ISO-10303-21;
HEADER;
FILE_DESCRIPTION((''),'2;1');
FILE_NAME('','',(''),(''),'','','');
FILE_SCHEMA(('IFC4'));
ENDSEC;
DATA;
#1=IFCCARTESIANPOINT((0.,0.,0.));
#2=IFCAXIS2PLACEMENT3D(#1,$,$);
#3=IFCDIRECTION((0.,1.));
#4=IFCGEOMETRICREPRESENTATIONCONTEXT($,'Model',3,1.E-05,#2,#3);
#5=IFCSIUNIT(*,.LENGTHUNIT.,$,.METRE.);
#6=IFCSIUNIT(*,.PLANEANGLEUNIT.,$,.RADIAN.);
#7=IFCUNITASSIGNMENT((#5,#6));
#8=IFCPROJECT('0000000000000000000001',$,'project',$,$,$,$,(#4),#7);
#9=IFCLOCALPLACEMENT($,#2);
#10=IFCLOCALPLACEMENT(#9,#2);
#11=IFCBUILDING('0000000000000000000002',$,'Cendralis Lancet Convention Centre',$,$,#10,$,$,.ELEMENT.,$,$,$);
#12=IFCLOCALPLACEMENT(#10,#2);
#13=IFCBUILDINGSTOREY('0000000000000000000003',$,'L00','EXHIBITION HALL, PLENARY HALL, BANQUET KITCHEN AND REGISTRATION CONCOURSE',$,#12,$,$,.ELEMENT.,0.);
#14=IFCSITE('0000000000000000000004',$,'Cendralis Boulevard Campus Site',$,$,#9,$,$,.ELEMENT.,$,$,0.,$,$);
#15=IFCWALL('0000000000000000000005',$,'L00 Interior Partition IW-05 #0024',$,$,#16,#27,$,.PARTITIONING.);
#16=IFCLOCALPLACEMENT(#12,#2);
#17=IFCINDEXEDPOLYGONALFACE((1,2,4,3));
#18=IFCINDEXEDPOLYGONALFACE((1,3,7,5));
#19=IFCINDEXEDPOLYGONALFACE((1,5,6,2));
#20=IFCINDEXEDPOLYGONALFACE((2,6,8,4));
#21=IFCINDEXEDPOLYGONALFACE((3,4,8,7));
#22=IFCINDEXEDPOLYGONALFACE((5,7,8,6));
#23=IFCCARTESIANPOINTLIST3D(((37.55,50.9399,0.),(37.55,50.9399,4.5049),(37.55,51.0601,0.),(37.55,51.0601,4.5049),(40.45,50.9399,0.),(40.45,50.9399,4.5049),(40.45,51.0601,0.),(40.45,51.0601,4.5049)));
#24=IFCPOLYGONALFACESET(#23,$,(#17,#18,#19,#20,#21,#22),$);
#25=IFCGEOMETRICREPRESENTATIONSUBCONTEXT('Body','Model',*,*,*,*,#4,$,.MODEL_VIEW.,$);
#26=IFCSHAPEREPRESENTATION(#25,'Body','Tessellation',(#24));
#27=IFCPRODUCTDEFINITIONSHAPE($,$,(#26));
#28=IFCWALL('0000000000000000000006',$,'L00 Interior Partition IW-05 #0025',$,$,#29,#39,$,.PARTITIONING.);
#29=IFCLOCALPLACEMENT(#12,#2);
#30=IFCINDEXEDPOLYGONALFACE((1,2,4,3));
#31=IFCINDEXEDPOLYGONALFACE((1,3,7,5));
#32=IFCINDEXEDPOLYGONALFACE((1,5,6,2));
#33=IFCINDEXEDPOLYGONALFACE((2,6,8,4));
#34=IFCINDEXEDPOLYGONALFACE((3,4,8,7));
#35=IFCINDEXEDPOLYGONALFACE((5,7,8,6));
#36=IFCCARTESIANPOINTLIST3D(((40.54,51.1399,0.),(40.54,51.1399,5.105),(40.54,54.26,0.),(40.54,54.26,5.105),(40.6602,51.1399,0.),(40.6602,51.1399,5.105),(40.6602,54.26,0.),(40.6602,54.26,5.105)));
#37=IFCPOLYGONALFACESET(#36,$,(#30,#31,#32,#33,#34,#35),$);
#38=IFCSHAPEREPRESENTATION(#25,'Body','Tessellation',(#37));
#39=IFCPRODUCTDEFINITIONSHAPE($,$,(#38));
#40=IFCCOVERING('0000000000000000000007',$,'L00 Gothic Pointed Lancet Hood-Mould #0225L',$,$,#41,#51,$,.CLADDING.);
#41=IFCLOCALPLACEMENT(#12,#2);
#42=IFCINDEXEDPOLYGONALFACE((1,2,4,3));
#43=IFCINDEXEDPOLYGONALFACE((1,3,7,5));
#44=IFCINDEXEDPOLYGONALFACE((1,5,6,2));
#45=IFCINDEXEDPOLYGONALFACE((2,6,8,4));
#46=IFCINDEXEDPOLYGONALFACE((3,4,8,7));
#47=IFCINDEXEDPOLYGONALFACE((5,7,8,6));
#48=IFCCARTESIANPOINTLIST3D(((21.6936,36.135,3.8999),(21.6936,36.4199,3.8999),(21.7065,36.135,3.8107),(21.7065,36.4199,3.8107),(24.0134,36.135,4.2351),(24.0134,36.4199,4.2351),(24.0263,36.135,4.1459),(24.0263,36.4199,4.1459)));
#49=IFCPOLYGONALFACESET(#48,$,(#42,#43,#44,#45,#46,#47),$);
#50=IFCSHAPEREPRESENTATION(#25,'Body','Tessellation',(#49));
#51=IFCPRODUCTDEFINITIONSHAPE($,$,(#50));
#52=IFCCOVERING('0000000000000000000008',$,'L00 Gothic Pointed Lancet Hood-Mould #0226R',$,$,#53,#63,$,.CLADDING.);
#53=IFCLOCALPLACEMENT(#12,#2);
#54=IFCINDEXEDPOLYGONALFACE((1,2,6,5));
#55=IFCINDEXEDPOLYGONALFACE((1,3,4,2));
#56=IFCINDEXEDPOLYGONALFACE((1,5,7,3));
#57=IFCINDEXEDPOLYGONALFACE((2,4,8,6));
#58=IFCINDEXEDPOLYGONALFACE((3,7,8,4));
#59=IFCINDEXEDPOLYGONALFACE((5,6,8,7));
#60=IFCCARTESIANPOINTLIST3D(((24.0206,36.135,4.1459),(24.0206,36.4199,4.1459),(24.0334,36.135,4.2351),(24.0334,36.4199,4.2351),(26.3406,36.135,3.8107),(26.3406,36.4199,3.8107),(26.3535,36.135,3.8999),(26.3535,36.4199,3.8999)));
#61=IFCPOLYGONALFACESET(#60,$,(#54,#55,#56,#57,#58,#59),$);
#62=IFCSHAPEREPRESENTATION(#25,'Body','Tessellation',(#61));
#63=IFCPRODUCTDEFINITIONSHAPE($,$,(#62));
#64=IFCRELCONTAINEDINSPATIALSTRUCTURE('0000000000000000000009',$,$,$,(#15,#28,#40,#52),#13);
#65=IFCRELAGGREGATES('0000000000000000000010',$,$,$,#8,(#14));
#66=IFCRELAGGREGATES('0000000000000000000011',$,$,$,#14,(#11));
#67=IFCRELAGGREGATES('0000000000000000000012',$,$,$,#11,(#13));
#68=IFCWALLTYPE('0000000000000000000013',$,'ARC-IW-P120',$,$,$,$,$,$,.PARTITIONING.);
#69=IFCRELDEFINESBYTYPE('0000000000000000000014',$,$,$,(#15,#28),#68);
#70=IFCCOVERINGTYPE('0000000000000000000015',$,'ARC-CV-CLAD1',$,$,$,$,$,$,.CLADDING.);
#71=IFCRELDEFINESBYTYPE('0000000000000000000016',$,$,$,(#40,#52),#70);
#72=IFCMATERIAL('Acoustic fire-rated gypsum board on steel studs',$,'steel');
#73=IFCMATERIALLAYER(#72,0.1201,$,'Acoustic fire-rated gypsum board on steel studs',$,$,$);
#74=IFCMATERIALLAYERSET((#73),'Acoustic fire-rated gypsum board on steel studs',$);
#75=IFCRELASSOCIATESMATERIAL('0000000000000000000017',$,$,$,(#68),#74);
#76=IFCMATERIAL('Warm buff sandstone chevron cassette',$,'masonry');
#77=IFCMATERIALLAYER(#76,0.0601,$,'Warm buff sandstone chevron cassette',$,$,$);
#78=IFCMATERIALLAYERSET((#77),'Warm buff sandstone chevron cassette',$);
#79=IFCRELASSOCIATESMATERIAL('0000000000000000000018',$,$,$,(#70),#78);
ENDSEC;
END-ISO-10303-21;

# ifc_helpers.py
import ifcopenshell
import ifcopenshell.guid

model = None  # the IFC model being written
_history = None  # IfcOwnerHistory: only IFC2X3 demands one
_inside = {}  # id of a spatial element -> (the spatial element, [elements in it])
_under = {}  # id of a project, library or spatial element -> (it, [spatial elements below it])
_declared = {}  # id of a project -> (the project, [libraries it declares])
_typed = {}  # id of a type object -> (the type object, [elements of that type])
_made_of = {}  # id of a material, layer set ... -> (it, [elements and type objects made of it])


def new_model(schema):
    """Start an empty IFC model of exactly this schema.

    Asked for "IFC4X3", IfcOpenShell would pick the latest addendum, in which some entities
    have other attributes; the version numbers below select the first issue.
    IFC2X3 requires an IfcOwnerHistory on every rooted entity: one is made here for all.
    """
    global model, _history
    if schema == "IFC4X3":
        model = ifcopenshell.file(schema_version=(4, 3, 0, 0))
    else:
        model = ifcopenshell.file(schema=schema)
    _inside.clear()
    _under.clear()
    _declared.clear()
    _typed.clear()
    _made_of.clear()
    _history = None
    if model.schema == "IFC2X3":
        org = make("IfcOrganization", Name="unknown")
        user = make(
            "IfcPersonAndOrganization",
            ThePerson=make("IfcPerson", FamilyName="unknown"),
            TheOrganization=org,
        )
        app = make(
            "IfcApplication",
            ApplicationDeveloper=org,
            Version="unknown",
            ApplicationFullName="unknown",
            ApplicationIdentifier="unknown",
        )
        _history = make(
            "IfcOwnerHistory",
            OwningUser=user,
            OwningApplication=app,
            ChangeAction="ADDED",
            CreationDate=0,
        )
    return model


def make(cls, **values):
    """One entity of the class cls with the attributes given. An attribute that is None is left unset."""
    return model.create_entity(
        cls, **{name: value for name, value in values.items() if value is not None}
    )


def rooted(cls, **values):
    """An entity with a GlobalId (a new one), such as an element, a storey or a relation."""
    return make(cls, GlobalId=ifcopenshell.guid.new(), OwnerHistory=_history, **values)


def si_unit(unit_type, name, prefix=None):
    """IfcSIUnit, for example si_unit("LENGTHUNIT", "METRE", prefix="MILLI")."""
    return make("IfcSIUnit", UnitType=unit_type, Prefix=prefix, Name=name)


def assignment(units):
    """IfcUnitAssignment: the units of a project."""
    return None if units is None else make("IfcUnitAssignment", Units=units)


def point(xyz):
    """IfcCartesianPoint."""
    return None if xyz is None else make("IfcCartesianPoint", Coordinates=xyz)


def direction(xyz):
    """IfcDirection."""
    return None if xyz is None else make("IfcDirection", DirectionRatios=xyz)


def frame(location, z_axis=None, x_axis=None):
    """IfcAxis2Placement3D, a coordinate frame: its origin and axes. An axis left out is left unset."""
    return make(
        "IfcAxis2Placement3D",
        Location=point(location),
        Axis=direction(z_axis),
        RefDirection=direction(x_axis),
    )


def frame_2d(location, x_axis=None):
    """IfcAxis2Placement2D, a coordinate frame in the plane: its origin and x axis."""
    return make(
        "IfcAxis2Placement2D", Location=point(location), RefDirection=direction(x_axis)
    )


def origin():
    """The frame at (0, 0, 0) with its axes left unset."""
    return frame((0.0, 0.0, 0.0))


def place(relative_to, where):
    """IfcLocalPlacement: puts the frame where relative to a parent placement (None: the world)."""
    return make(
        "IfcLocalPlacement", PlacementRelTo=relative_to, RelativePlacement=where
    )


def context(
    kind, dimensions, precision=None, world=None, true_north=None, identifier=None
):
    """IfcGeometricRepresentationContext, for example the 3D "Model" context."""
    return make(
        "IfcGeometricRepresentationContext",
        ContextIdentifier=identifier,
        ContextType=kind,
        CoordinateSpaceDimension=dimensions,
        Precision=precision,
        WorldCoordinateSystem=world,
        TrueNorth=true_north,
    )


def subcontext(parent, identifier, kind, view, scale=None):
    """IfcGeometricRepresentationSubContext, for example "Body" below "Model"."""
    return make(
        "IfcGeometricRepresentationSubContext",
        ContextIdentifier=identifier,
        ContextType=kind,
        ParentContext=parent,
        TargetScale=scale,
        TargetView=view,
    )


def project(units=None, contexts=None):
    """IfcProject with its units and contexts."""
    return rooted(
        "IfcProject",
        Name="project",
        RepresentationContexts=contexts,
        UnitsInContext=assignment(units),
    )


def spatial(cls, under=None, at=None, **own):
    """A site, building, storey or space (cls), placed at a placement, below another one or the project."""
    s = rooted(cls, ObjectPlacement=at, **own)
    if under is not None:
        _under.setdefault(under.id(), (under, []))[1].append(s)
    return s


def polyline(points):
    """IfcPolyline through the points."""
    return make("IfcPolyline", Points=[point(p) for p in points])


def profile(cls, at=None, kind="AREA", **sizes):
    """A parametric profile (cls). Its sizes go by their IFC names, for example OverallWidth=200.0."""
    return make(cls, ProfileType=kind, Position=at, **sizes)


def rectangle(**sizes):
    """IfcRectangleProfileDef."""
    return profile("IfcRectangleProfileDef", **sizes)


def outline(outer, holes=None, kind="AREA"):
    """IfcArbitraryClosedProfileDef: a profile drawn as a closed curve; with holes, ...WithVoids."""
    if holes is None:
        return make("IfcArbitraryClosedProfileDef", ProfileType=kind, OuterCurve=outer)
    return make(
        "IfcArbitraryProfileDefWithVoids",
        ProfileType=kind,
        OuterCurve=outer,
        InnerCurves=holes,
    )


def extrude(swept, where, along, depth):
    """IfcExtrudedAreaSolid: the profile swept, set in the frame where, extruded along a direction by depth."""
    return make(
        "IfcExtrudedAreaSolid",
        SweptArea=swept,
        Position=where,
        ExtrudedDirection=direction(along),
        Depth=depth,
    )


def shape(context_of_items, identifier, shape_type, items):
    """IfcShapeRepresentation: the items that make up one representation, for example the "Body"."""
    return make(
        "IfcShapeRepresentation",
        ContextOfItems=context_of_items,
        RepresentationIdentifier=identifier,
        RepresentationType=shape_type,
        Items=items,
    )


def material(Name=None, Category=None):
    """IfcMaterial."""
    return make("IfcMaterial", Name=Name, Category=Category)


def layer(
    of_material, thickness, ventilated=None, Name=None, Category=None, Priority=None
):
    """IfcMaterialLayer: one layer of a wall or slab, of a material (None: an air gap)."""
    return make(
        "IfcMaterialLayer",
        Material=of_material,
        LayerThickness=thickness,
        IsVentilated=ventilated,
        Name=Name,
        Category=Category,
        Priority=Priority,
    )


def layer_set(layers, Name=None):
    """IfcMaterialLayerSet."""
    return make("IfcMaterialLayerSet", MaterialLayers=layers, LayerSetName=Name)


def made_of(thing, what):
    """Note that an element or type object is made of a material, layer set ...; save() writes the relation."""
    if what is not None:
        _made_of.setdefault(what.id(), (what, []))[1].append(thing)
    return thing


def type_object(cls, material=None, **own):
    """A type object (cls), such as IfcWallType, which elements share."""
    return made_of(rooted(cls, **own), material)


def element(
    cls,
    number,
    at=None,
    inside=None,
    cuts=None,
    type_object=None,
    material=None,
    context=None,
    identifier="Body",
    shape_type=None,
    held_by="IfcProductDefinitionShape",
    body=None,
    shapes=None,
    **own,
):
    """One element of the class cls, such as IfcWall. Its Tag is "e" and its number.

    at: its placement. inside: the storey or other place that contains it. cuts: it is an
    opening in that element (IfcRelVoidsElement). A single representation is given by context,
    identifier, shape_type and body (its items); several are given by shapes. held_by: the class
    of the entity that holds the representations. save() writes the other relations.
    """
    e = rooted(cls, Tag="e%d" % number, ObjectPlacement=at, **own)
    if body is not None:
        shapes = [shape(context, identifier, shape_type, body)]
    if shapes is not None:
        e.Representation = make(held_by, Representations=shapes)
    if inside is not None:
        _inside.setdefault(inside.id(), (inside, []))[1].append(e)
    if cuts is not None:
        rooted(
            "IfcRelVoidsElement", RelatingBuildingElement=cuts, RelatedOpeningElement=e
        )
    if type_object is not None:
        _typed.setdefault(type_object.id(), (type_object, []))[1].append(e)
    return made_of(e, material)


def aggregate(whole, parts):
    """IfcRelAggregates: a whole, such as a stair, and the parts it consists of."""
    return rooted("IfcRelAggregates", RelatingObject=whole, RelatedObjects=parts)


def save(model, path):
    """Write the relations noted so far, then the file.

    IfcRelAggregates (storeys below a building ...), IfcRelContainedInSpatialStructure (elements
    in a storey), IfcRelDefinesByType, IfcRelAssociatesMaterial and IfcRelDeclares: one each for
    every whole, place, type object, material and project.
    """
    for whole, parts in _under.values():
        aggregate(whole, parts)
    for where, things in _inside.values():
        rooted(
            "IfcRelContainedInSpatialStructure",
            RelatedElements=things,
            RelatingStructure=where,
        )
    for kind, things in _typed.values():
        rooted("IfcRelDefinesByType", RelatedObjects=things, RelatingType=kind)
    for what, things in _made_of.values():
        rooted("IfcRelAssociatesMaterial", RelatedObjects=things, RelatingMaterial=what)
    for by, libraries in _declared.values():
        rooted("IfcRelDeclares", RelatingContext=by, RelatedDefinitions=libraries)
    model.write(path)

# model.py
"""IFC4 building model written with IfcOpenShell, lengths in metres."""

from ifc_helpers import new_model, si_unit, direction, frame, frame_2d, origin, place, context, subcontext, project, spatial, polyline, rectangle, outline, extrude, material, layer, layer_set, type_object, element, save


model = new_model("IFC4")

# Units and contexts
model_context = context("Model", 3, precision=1e-05, world=origin(), true_north=direction((0.0, 1.0)))
body_context = subcontext(model_context, "Body", "Model", "MODEL_VIEW")
ifc_project = project(units=[si_unit("LENGTHUNIT", "METRE"), si_unit("PLANEANGLEUNIT", "RADIAN")], contexts=[model_context])

# Site, building, storey
site_placement = place(None, origin())
site = spatial("IfcSite", under=ifc_project, at=site_placement, Name="Cendralis Boulevard Campus Site", CompositionType="ELEMENT", RefElevation=0.0)
building_placement = place(site_placement, origin())
building = spatial("IfcBuilding", under=site, at=building_placement, Name="Cendralis Lancet Convention Centre", CompositionType="ELEMENT")
storey_placement = place(building_placement, origin())
storey = spatial("IfcBuildingStorey", under=building, at=storey_placement, Name="L00", Description="EXHIBITION HALL, PLENARY HALL, BANQUET KITCHEN AND REGISTRATION CONCOURSE", CompositionType="ELEMENT", Elevation=0.0)

# Shared definitions
ifc_material_1 = material(Name="Acoustic fire-rated gypsum board on steel studs", Category="steel")
ifc_layer_1 = layer(ifc_material_1, 0.1201, Name="Acoustic fire-rated gypsum board on steel studs")
ifc_layer_set_1 = layer_set([ifc_layer_1], Name="Acoustic fire-rated gypsum board on steel studs")
wall_type_1 = type_object("IfcWallType", Name="ARC-IW-P120", PredefinedType="PARTITIONING", material=ifc_layer_set_1)

# Walls
wall_1_placement = place(storey_placement, frame((37.55, 51.0, 0.0), z_axis=(0.0, 0.0, 1.0), x_axis=(1.0, 0.0, 0.0)))
element("IfcWall", 1, at=wall_1_placement, inside=storey, type_object=wall_type_1, Name="L00 Interior Partition IW-05 #0024", PredefinedType="PARTITIONING", context=body_context, shape_type="SweptSolid", body=[
    extrude(rectangle(XDim=2.8999, YDim=0.1201, at=frame_2d((1.45, 0.0))), origin(), (0.0, 0.0, 1.0), 4.5049),
])
wall_2_placement = place(storey_placement, frame((40.6001, 51.1399, 0.0), z_axis=(0.0, 0.0, 1.0), x_axis=(0.0, 1.0, 0.0)))
element("IfcWall", 2, at=wall_2_placement, inside=storey, type_object=wall_type_1, Name="L00 Interior Partition IW-05 #0025", PredefinedType="PARTITIONING", context=body_context, shape_type="SweptSolid", body=[
    extrude(rectangle(XDim=3.1201, YDim=0.1201, at=frame_2d((1.5601, 0.0))), origin(), (0.0, 0.0, 1.0), 5.105),
])

# Coverings
ifc_material_2 = material(Name="Warm buff sandstone chevron cassette", Category="masonry")
ifc_layer_2 = layer(ifc_material_2, 0.0601, Name="Warm buff sandstone chevron cassette")
ifc_layer_set_2 = layer_set([ifc_layer_2], Name="Warm buff sandstone chevron cassette")
covering_type = type_object("IfcCoveringType", Name="ARC-CV-CLAD1", PredefinedType="CLADDING", material=ifc_layer_set_2)
covering_1_placement = place(storey_placement, frame((21.6936, 36.4199, 3.8999), z_axis=(-0.143011, 0.0, 0.989721), x_axis=(0.0, -1.0, 0.0)))
element("IfcCovering", 3, at=covering_1_placement, inside=storey, type_object=covering_type, Name="L00 Gothic Pointed Lancet Hood-Mould #0225L", PredefinedType="CLADDING", context=body_context, shape_type="SweptSolid", body=[
    extrude(outline(polyline([(0.0, 0.0), (0.2849, 0.0), (0.2849, 2.3439), (0.0, 2.3439), (0.0, 0.0)])), origin(), (0.0, 0.0, -1.0), 0.0901),
])
covering_2_placement = place(storey_placement, frame((24.0334, 36.4199, 4.2351), z_axis=(0.142996, 0.0, 0.989723), x_axis=(0.0, -1.0, 0.0)))
element("IfcCovering", 4, at=covering_2_placement, inside=storey, type_object=covering_type, Name="L00 Gothic Pointed Lancet Hood-Mould #0226R", PredefinedType="CLADDING", context=body_context, shape_type="SweptSolid", body=[
    extrude(outline(polyline([(0.0, 0.0), (0.2849, 0.0), (0.2849, 2.3442), (0.0, 2.3442), (0.0, 0.0)])), origin(), (0.0, 0.0, -1.0), 0.0901),
])

save(model, "model.ifc")
